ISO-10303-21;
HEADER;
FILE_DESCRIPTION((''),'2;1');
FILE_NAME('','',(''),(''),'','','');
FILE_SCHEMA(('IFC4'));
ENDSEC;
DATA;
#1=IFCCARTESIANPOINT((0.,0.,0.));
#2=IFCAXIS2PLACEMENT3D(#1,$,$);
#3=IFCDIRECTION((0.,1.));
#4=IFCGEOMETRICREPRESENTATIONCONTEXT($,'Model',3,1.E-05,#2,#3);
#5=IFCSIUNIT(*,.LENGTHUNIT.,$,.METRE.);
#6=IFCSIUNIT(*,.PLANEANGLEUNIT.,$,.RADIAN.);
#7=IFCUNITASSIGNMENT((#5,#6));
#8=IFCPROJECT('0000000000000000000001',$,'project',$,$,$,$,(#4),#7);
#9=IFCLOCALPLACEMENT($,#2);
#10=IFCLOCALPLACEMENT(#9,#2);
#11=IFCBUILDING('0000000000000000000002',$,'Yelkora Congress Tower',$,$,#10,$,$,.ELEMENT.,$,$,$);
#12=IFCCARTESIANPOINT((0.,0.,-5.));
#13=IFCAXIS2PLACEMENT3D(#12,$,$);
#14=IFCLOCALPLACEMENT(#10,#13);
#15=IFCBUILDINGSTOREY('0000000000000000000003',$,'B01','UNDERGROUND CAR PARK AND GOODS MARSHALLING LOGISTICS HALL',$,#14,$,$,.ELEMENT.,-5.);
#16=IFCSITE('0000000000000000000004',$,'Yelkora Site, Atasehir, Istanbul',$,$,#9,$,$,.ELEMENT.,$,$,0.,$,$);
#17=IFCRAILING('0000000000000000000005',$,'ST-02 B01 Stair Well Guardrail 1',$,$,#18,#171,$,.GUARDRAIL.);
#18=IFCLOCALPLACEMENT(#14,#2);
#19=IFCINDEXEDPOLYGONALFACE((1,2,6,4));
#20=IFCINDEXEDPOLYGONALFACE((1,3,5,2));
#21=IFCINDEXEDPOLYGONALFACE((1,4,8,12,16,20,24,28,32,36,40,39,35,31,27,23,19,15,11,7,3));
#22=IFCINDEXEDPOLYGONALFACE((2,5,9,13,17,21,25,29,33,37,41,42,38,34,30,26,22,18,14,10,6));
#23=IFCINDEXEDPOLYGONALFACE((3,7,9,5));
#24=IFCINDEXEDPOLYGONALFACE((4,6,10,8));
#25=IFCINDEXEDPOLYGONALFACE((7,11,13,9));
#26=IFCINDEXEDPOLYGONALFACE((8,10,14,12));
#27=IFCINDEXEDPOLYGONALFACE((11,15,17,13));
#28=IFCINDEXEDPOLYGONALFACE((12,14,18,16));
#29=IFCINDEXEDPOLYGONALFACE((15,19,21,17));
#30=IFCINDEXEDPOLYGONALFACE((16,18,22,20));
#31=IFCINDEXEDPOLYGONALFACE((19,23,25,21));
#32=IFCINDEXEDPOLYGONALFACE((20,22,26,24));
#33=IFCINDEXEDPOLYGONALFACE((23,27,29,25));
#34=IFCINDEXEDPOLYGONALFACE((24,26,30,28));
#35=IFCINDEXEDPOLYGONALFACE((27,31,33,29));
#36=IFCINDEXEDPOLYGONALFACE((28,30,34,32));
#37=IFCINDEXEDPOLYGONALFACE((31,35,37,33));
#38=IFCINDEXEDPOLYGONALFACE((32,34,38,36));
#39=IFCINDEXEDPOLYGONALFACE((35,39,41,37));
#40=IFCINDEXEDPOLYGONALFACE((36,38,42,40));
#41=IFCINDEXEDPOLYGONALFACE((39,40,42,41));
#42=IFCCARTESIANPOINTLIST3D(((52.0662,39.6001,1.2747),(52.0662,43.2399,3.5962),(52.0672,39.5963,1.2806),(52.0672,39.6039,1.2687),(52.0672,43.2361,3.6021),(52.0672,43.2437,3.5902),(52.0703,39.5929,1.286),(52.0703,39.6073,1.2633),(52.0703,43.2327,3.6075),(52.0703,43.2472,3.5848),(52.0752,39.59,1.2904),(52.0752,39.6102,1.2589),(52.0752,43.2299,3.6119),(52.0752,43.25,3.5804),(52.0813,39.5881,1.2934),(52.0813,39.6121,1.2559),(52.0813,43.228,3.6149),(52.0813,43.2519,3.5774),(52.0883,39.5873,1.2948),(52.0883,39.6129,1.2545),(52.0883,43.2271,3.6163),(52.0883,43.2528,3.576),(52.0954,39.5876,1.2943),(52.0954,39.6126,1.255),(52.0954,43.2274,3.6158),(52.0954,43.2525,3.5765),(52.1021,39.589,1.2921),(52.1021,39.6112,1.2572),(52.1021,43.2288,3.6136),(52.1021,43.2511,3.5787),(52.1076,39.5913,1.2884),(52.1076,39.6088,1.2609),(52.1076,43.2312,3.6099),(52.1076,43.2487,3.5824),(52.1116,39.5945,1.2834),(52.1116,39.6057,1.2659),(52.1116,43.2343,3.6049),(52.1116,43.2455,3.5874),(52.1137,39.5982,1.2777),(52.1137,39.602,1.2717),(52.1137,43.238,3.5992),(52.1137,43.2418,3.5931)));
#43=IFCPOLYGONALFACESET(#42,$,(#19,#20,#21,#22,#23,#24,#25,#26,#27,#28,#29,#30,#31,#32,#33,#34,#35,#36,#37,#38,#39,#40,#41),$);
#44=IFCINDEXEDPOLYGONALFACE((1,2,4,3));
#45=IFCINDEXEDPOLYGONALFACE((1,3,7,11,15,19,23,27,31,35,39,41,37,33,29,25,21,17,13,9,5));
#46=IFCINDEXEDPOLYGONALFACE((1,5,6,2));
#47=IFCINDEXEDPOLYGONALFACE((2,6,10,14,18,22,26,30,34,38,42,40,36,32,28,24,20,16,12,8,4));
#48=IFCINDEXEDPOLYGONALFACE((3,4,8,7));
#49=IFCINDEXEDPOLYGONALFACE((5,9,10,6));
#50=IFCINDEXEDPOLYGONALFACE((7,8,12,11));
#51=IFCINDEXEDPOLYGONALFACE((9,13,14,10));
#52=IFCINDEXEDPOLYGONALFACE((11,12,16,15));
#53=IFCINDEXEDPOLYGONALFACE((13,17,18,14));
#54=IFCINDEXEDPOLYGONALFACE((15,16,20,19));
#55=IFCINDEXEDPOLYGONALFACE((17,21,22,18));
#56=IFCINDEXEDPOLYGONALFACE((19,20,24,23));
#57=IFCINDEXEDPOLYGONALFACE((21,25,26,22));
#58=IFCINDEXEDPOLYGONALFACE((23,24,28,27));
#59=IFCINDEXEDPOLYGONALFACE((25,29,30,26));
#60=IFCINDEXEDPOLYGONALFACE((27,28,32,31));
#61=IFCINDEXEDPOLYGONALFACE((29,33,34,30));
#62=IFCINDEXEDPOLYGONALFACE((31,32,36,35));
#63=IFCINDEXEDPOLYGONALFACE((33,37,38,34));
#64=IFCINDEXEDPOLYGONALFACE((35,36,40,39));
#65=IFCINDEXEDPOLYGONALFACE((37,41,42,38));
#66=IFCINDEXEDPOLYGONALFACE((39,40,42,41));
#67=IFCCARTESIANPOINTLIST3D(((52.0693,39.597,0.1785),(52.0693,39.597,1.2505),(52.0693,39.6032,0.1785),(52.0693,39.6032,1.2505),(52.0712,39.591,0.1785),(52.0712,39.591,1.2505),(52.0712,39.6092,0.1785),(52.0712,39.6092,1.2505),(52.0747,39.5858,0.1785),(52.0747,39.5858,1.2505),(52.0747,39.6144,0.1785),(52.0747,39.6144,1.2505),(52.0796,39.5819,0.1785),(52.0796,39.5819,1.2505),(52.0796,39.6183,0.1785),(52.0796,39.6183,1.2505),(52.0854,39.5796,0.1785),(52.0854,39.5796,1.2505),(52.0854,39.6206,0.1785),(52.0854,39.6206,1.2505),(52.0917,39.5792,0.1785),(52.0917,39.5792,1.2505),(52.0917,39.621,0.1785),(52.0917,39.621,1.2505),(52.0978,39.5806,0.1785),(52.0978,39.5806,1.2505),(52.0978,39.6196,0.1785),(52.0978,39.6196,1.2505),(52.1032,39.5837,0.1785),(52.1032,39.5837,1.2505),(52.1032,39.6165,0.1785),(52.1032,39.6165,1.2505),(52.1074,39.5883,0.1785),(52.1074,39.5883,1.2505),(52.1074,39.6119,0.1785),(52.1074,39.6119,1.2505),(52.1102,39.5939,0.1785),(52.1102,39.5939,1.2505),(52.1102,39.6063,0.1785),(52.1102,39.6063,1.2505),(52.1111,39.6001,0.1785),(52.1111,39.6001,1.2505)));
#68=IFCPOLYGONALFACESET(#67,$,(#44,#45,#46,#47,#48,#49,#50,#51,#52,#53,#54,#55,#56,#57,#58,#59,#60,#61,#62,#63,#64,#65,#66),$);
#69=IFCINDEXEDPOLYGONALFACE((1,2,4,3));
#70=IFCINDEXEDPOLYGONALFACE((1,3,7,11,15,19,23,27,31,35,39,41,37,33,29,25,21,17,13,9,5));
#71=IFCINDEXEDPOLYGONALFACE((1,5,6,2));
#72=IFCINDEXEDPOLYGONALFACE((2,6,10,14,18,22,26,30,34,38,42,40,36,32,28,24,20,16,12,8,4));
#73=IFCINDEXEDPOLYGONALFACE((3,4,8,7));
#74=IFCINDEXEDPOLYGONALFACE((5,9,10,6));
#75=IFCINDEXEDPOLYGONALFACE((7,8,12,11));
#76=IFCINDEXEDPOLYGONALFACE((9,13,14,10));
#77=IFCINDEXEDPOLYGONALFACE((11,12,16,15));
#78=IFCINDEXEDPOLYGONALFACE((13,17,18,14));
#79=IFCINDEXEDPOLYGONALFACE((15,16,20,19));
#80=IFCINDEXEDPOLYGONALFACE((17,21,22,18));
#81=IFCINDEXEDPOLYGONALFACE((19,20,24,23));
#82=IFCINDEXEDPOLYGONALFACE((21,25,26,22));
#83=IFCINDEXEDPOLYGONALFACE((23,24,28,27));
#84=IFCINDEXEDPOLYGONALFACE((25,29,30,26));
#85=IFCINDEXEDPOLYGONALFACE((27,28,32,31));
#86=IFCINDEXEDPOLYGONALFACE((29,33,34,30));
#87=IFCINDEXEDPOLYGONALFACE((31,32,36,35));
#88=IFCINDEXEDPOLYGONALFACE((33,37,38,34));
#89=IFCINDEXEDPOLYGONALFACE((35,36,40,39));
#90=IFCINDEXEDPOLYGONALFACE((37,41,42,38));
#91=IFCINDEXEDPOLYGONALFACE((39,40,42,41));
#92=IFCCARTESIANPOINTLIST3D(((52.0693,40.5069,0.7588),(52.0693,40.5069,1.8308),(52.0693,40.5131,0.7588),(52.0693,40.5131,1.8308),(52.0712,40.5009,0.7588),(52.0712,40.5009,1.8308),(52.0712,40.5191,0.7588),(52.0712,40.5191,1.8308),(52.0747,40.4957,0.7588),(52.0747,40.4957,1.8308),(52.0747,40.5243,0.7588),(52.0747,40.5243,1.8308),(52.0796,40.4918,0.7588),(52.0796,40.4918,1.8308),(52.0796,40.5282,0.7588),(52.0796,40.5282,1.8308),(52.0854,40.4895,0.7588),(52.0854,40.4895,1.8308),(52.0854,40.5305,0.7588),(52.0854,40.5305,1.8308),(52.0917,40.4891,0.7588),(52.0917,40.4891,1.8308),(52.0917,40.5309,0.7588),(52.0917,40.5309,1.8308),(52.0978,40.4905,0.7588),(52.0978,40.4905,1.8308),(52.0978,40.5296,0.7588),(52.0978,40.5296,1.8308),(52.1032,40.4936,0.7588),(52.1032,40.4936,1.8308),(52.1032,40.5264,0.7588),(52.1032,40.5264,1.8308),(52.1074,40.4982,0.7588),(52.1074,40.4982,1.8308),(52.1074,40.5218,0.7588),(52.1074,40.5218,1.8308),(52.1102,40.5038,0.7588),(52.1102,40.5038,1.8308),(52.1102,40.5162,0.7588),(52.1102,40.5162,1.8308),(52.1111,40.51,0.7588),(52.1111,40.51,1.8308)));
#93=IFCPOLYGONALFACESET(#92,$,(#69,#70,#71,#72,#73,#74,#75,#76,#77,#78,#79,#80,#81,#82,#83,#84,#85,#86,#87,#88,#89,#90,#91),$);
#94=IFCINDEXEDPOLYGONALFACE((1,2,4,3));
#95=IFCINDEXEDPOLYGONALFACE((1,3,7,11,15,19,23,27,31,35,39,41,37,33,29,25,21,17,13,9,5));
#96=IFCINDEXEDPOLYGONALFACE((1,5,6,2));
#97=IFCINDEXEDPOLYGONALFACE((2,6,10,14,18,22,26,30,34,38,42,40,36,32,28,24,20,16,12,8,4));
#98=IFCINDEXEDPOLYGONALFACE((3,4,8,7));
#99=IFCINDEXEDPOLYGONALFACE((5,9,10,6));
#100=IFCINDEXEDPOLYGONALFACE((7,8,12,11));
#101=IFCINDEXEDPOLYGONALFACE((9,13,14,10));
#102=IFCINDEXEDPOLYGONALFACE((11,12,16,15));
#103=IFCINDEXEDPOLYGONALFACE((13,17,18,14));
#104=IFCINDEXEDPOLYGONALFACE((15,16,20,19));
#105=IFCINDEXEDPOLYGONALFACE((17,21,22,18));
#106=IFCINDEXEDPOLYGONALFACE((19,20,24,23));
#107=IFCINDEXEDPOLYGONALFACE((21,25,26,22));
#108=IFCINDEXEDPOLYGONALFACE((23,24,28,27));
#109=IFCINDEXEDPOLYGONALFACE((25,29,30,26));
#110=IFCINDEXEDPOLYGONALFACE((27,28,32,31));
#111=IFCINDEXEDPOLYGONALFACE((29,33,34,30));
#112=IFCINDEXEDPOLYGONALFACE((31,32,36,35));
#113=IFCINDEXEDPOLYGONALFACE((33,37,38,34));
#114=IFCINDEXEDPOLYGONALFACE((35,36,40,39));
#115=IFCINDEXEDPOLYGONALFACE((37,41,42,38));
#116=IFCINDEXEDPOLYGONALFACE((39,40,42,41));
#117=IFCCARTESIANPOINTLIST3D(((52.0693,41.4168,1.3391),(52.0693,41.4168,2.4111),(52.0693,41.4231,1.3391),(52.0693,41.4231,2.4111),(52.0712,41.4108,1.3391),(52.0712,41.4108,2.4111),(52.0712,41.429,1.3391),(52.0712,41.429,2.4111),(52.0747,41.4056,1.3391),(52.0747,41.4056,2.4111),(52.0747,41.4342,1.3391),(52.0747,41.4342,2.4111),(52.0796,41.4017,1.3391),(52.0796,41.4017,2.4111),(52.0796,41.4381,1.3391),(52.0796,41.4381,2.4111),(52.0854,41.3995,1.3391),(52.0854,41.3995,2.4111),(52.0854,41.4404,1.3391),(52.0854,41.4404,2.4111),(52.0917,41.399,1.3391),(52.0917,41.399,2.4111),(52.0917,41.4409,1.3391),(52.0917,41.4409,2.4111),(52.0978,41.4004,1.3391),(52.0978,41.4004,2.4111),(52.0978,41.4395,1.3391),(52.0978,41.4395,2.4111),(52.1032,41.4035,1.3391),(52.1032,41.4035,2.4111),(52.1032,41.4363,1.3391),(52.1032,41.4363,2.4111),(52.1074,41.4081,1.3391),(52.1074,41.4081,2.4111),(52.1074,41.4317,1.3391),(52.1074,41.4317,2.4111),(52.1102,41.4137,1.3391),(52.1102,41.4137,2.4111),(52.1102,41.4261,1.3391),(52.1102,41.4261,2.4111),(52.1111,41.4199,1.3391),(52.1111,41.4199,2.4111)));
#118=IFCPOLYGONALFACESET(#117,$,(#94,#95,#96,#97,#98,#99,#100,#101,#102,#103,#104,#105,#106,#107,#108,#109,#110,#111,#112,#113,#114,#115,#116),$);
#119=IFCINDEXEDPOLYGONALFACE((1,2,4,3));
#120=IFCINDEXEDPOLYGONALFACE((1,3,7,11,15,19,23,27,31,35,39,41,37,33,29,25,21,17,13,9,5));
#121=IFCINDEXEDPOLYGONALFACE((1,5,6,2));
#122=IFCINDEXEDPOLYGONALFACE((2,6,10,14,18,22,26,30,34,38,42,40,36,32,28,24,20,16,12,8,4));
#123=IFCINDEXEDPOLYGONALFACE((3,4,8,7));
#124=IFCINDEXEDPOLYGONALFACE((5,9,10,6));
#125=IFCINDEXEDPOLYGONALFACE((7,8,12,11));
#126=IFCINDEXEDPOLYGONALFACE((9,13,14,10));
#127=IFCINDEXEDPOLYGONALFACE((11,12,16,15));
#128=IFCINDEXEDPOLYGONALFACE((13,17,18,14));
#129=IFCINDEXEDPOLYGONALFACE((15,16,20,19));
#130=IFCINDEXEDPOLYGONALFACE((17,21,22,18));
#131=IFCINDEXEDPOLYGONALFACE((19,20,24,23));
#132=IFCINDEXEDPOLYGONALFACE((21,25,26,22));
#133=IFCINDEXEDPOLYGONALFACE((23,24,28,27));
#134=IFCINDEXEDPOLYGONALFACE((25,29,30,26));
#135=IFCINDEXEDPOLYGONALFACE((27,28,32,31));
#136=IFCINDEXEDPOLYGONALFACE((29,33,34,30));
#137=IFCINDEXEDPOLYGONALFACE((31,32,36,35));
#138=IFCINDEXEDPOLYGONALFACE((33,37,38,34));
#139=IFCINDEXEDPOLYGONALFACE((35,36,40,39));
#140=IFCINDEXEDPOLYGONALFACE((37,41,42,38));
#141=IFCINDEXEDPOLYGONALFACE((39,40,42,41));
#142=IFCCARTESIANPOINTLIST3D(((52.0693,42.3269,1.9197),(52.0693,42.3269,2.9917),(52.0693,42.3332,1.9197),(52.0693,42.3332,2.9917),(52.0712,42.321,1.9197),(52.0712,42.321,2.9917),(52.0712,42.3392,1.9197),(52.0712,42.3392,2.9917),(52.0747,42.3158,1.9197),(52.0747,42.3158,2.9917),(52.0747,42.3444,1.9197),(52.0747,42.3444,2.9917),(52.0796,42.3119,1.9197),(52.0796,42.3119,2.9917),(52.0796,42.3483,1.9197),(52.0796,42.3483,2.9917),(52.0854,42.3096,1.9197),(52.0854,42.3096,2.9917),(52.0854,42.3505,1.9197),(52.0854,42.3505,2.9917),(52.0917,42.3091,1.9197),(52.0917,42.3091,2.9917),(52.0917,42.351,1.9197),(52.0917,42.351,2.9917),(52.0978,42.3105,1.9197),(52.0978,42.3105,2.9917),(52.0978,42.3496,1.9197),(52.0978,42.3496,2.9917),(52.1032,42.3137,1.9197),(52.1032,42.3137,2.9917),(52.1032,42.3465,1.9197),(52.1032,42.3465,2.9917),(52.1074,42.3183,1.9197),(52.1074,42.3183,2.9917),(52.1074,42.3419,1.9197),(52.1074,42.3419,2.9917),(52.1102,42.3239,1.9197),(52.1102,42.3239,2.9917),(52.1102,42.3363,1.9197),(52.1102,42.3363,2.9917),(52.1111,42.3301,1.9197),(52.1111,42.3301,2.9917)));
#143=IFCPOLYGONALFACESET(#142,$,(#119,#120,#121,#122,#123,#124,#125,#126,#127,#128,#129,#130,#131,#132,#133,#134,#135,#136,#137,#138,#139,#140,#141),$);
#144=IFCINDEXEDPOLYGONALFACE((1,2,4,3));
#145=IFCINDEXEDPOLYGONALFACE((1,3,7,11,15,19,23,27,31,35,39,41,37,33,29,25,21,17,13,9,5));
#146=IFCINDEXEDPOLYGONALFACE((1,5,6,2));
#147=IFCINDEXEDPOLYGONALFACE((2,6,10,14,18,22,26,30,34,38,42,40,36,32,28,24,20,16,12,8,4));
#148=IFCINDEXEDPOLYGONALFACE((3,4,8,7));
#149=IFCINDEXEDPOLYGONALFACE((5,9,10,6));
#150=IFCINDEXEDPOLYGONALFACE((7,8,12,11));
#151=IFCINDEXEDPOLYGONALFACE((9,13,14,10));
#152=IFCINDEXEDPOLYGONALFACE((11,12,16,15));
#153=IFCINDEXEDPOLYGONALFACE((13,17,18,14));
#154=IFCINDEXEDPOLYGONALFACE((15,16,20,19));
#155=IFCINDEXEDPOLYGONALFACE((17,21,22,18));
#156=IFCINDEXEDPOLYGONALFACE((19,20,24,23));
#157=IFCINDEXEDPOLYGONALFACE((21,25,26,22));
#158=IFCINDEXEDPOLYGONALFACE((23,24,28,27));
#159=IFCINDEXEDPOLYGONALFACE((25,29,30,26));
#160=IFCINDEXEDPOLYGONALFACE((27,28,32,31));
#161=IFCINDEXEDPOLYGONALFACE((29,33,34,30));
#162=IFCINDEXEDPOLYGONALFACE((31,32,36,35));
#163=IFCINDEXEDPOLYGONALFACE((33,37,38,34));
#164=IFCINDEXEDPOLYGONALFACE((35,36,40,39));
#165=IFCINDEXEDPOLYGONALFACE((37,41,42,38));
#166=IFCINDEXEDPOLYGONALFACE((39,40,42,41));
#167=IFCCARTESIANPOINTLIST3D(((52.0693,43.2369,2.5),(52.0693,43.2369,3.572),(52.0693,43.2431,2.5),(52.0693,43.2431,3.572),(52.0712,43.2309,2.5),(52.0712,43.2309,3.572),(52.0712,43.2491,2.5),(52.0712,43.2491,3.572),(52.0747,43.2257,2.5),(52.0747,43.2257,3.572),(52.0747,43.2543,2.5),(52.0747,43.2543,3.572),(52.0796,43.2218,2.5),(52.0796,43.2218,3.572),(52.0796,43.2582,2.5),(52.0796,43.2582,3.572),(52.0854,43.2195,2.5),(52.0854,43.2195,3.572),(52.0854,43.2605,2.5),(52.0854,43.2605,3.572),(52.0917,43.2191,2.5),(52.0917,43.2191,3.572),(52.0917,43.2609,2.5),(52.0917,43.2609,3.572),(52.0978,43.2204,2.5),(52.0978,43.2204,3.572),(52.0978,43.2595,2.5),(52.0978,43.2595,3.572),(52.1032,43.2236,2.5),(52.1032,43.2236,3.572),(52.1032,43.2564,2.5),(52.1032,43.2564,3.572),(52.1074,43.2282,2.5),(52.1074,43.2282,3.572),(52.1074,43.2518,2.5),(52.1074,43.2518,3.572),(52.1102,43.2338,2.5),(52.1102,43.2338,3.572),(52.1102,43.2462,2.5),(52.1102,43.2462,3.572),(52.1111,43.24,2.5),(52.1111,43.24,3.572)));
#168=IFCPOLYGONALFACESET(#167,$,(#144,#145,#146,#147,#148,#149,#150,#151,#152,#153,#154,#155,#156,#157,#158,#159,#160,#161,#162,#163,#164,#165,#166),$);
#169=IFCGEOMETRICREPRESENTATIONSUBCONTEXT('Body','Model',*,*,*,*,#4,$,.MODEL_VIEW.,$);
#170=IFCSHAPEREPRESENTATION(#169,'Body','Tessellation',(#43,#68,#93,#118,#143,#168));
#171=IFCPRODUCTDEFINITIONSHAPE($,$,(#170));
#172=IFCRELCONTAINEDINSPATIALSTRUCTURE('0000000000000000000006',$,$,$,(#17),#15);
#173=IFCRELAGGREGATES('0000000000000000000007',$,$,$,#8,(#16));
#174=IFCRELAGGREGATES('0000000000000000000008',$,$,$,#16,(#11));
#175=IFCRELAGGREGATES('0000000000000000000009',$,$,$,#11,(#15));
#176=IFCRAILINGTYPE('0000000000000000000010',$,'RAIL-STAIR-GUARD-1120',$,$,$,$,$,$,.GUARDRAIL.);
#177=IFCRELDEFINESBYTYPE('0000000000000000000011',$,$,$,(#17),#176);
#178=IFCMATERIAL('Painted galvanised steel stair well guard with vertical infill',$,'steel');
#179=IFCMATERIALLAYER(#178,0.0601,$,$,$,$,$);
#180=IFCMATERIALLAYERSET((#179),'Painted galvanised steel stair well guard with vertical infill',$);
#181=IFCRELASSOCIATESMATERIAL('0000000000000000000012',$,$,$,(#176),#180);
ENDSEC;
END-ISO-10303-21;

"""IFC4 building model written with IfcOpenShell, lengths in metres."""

from ifc_helpers import new_model, si_unit, direction, frame, origin, origin_2d, place, context, subcontext, project, spatial, circle, extrude, material, layer, layer_set, type_object, element, save


model = new_model("IFC4")

# Units and contexts
model_context = context("Model", 3, precision=1e-05, world=origin(), true_north=direction((0.0, 1.0)))
body_context = subcontext(model_context, "Body", "Model", "MODEL_VIEW")
ifc_project = project(units=[si_unit("LENGTHUNIT", "METRE"), si_unit("PLANEANGLEUNIT", "RADIAN")], contexts=[model_context])

# Site, building, storey
site_placement = place(None, origin())
site = spatial("IfcSite", under=ifc_project, at=site_placement, Name="Yelkora Site, Atasehir, Istanbul", CompositionType="ELEMENT", RefElevation=0.0)
building_placement = place(site_placement, origin())
building = spatial("IfcBuilding", under=site, at=building_placement, Name="Yelkora Congress Tower", CompositionType="ELEMENT")
storey_placement = place(building_placement, frame((0.0, 0.0, -5.0)))
storey = spatial("IfcBuildingStorey", under=building, at=storey_placement, Name="B01", Description="UNDERGROUND CAR PARK AND GOODS MARSHALLING LOGISTICS HALL", CompositionType="ELEMENT", Elevation=-5.0)

# Railing
ifc_material_1 = material(Name="Painted galvanised steel stair well guard with vertical infill", Category="steel")
ifc_layer_1 = layer(ifc_material_1, 0.0601)
ifc_layer_set_1 = layer_set([ifc_layer_1], Name="Painted galvanised steel stair well guard with vertical infill")
railing_type_1 = type_object("IfcRailingType", Name="RAIL-STAIR-GUARD-1120", PredefinedType="GUARDRAIL", material=ifc_layer_set_1)
railing_1_placement = place(storey_placement, frame((52.0901, 39.6001, 0.1785)))
element("IfcRailing", 1, at=railing_1_placement, inside=storey, type_object=railing_type_1, Name="ST-02 B01 Stair Well Guardrail 1", PredefinedType="GUARDRAIL", context=body_context, shape_type="SweptSolid", body=[
    extrude(circle(Radius=0.0239, at=origin_2d()), frame((0.0, 0.0, 1.0962), z_axis=(0.0, 0.843112, 0.537739), x_axis=(-1.0, 0.0, 0.0)), (0.0, 0.0, 1.0), 4.3171),
    extrude(circle(Radius=0.021, at=origin_2d()), origin(), (0.0, 0.0, 1.0), 1.072),
    extrude(circle(Radius=0.021, at=origin_2d()), frame((0.0, 0.9099, 0.5803)), (0.0, 0.0, 1.0), 1.072),
    extrude(circle(Radius=0.021, at=origin_2d()), frame((0.0, 1.8198, 1.1606)), (0.0, 0.0, 1.0), 1.072),
    extrude(circle(Radius=0.021, at=origin_2d()), frame((0.0, 2.73, 1.7412)), (0.0, 0.0, 1.0), 1.072),
    extrude(circle(Radius=0.021, at=origin_2d()), frame((0.0, 3.6399, 2.3215)), (0.0, 0.0, 1.0), 1.072),
])

save(model, "model.ifc")
